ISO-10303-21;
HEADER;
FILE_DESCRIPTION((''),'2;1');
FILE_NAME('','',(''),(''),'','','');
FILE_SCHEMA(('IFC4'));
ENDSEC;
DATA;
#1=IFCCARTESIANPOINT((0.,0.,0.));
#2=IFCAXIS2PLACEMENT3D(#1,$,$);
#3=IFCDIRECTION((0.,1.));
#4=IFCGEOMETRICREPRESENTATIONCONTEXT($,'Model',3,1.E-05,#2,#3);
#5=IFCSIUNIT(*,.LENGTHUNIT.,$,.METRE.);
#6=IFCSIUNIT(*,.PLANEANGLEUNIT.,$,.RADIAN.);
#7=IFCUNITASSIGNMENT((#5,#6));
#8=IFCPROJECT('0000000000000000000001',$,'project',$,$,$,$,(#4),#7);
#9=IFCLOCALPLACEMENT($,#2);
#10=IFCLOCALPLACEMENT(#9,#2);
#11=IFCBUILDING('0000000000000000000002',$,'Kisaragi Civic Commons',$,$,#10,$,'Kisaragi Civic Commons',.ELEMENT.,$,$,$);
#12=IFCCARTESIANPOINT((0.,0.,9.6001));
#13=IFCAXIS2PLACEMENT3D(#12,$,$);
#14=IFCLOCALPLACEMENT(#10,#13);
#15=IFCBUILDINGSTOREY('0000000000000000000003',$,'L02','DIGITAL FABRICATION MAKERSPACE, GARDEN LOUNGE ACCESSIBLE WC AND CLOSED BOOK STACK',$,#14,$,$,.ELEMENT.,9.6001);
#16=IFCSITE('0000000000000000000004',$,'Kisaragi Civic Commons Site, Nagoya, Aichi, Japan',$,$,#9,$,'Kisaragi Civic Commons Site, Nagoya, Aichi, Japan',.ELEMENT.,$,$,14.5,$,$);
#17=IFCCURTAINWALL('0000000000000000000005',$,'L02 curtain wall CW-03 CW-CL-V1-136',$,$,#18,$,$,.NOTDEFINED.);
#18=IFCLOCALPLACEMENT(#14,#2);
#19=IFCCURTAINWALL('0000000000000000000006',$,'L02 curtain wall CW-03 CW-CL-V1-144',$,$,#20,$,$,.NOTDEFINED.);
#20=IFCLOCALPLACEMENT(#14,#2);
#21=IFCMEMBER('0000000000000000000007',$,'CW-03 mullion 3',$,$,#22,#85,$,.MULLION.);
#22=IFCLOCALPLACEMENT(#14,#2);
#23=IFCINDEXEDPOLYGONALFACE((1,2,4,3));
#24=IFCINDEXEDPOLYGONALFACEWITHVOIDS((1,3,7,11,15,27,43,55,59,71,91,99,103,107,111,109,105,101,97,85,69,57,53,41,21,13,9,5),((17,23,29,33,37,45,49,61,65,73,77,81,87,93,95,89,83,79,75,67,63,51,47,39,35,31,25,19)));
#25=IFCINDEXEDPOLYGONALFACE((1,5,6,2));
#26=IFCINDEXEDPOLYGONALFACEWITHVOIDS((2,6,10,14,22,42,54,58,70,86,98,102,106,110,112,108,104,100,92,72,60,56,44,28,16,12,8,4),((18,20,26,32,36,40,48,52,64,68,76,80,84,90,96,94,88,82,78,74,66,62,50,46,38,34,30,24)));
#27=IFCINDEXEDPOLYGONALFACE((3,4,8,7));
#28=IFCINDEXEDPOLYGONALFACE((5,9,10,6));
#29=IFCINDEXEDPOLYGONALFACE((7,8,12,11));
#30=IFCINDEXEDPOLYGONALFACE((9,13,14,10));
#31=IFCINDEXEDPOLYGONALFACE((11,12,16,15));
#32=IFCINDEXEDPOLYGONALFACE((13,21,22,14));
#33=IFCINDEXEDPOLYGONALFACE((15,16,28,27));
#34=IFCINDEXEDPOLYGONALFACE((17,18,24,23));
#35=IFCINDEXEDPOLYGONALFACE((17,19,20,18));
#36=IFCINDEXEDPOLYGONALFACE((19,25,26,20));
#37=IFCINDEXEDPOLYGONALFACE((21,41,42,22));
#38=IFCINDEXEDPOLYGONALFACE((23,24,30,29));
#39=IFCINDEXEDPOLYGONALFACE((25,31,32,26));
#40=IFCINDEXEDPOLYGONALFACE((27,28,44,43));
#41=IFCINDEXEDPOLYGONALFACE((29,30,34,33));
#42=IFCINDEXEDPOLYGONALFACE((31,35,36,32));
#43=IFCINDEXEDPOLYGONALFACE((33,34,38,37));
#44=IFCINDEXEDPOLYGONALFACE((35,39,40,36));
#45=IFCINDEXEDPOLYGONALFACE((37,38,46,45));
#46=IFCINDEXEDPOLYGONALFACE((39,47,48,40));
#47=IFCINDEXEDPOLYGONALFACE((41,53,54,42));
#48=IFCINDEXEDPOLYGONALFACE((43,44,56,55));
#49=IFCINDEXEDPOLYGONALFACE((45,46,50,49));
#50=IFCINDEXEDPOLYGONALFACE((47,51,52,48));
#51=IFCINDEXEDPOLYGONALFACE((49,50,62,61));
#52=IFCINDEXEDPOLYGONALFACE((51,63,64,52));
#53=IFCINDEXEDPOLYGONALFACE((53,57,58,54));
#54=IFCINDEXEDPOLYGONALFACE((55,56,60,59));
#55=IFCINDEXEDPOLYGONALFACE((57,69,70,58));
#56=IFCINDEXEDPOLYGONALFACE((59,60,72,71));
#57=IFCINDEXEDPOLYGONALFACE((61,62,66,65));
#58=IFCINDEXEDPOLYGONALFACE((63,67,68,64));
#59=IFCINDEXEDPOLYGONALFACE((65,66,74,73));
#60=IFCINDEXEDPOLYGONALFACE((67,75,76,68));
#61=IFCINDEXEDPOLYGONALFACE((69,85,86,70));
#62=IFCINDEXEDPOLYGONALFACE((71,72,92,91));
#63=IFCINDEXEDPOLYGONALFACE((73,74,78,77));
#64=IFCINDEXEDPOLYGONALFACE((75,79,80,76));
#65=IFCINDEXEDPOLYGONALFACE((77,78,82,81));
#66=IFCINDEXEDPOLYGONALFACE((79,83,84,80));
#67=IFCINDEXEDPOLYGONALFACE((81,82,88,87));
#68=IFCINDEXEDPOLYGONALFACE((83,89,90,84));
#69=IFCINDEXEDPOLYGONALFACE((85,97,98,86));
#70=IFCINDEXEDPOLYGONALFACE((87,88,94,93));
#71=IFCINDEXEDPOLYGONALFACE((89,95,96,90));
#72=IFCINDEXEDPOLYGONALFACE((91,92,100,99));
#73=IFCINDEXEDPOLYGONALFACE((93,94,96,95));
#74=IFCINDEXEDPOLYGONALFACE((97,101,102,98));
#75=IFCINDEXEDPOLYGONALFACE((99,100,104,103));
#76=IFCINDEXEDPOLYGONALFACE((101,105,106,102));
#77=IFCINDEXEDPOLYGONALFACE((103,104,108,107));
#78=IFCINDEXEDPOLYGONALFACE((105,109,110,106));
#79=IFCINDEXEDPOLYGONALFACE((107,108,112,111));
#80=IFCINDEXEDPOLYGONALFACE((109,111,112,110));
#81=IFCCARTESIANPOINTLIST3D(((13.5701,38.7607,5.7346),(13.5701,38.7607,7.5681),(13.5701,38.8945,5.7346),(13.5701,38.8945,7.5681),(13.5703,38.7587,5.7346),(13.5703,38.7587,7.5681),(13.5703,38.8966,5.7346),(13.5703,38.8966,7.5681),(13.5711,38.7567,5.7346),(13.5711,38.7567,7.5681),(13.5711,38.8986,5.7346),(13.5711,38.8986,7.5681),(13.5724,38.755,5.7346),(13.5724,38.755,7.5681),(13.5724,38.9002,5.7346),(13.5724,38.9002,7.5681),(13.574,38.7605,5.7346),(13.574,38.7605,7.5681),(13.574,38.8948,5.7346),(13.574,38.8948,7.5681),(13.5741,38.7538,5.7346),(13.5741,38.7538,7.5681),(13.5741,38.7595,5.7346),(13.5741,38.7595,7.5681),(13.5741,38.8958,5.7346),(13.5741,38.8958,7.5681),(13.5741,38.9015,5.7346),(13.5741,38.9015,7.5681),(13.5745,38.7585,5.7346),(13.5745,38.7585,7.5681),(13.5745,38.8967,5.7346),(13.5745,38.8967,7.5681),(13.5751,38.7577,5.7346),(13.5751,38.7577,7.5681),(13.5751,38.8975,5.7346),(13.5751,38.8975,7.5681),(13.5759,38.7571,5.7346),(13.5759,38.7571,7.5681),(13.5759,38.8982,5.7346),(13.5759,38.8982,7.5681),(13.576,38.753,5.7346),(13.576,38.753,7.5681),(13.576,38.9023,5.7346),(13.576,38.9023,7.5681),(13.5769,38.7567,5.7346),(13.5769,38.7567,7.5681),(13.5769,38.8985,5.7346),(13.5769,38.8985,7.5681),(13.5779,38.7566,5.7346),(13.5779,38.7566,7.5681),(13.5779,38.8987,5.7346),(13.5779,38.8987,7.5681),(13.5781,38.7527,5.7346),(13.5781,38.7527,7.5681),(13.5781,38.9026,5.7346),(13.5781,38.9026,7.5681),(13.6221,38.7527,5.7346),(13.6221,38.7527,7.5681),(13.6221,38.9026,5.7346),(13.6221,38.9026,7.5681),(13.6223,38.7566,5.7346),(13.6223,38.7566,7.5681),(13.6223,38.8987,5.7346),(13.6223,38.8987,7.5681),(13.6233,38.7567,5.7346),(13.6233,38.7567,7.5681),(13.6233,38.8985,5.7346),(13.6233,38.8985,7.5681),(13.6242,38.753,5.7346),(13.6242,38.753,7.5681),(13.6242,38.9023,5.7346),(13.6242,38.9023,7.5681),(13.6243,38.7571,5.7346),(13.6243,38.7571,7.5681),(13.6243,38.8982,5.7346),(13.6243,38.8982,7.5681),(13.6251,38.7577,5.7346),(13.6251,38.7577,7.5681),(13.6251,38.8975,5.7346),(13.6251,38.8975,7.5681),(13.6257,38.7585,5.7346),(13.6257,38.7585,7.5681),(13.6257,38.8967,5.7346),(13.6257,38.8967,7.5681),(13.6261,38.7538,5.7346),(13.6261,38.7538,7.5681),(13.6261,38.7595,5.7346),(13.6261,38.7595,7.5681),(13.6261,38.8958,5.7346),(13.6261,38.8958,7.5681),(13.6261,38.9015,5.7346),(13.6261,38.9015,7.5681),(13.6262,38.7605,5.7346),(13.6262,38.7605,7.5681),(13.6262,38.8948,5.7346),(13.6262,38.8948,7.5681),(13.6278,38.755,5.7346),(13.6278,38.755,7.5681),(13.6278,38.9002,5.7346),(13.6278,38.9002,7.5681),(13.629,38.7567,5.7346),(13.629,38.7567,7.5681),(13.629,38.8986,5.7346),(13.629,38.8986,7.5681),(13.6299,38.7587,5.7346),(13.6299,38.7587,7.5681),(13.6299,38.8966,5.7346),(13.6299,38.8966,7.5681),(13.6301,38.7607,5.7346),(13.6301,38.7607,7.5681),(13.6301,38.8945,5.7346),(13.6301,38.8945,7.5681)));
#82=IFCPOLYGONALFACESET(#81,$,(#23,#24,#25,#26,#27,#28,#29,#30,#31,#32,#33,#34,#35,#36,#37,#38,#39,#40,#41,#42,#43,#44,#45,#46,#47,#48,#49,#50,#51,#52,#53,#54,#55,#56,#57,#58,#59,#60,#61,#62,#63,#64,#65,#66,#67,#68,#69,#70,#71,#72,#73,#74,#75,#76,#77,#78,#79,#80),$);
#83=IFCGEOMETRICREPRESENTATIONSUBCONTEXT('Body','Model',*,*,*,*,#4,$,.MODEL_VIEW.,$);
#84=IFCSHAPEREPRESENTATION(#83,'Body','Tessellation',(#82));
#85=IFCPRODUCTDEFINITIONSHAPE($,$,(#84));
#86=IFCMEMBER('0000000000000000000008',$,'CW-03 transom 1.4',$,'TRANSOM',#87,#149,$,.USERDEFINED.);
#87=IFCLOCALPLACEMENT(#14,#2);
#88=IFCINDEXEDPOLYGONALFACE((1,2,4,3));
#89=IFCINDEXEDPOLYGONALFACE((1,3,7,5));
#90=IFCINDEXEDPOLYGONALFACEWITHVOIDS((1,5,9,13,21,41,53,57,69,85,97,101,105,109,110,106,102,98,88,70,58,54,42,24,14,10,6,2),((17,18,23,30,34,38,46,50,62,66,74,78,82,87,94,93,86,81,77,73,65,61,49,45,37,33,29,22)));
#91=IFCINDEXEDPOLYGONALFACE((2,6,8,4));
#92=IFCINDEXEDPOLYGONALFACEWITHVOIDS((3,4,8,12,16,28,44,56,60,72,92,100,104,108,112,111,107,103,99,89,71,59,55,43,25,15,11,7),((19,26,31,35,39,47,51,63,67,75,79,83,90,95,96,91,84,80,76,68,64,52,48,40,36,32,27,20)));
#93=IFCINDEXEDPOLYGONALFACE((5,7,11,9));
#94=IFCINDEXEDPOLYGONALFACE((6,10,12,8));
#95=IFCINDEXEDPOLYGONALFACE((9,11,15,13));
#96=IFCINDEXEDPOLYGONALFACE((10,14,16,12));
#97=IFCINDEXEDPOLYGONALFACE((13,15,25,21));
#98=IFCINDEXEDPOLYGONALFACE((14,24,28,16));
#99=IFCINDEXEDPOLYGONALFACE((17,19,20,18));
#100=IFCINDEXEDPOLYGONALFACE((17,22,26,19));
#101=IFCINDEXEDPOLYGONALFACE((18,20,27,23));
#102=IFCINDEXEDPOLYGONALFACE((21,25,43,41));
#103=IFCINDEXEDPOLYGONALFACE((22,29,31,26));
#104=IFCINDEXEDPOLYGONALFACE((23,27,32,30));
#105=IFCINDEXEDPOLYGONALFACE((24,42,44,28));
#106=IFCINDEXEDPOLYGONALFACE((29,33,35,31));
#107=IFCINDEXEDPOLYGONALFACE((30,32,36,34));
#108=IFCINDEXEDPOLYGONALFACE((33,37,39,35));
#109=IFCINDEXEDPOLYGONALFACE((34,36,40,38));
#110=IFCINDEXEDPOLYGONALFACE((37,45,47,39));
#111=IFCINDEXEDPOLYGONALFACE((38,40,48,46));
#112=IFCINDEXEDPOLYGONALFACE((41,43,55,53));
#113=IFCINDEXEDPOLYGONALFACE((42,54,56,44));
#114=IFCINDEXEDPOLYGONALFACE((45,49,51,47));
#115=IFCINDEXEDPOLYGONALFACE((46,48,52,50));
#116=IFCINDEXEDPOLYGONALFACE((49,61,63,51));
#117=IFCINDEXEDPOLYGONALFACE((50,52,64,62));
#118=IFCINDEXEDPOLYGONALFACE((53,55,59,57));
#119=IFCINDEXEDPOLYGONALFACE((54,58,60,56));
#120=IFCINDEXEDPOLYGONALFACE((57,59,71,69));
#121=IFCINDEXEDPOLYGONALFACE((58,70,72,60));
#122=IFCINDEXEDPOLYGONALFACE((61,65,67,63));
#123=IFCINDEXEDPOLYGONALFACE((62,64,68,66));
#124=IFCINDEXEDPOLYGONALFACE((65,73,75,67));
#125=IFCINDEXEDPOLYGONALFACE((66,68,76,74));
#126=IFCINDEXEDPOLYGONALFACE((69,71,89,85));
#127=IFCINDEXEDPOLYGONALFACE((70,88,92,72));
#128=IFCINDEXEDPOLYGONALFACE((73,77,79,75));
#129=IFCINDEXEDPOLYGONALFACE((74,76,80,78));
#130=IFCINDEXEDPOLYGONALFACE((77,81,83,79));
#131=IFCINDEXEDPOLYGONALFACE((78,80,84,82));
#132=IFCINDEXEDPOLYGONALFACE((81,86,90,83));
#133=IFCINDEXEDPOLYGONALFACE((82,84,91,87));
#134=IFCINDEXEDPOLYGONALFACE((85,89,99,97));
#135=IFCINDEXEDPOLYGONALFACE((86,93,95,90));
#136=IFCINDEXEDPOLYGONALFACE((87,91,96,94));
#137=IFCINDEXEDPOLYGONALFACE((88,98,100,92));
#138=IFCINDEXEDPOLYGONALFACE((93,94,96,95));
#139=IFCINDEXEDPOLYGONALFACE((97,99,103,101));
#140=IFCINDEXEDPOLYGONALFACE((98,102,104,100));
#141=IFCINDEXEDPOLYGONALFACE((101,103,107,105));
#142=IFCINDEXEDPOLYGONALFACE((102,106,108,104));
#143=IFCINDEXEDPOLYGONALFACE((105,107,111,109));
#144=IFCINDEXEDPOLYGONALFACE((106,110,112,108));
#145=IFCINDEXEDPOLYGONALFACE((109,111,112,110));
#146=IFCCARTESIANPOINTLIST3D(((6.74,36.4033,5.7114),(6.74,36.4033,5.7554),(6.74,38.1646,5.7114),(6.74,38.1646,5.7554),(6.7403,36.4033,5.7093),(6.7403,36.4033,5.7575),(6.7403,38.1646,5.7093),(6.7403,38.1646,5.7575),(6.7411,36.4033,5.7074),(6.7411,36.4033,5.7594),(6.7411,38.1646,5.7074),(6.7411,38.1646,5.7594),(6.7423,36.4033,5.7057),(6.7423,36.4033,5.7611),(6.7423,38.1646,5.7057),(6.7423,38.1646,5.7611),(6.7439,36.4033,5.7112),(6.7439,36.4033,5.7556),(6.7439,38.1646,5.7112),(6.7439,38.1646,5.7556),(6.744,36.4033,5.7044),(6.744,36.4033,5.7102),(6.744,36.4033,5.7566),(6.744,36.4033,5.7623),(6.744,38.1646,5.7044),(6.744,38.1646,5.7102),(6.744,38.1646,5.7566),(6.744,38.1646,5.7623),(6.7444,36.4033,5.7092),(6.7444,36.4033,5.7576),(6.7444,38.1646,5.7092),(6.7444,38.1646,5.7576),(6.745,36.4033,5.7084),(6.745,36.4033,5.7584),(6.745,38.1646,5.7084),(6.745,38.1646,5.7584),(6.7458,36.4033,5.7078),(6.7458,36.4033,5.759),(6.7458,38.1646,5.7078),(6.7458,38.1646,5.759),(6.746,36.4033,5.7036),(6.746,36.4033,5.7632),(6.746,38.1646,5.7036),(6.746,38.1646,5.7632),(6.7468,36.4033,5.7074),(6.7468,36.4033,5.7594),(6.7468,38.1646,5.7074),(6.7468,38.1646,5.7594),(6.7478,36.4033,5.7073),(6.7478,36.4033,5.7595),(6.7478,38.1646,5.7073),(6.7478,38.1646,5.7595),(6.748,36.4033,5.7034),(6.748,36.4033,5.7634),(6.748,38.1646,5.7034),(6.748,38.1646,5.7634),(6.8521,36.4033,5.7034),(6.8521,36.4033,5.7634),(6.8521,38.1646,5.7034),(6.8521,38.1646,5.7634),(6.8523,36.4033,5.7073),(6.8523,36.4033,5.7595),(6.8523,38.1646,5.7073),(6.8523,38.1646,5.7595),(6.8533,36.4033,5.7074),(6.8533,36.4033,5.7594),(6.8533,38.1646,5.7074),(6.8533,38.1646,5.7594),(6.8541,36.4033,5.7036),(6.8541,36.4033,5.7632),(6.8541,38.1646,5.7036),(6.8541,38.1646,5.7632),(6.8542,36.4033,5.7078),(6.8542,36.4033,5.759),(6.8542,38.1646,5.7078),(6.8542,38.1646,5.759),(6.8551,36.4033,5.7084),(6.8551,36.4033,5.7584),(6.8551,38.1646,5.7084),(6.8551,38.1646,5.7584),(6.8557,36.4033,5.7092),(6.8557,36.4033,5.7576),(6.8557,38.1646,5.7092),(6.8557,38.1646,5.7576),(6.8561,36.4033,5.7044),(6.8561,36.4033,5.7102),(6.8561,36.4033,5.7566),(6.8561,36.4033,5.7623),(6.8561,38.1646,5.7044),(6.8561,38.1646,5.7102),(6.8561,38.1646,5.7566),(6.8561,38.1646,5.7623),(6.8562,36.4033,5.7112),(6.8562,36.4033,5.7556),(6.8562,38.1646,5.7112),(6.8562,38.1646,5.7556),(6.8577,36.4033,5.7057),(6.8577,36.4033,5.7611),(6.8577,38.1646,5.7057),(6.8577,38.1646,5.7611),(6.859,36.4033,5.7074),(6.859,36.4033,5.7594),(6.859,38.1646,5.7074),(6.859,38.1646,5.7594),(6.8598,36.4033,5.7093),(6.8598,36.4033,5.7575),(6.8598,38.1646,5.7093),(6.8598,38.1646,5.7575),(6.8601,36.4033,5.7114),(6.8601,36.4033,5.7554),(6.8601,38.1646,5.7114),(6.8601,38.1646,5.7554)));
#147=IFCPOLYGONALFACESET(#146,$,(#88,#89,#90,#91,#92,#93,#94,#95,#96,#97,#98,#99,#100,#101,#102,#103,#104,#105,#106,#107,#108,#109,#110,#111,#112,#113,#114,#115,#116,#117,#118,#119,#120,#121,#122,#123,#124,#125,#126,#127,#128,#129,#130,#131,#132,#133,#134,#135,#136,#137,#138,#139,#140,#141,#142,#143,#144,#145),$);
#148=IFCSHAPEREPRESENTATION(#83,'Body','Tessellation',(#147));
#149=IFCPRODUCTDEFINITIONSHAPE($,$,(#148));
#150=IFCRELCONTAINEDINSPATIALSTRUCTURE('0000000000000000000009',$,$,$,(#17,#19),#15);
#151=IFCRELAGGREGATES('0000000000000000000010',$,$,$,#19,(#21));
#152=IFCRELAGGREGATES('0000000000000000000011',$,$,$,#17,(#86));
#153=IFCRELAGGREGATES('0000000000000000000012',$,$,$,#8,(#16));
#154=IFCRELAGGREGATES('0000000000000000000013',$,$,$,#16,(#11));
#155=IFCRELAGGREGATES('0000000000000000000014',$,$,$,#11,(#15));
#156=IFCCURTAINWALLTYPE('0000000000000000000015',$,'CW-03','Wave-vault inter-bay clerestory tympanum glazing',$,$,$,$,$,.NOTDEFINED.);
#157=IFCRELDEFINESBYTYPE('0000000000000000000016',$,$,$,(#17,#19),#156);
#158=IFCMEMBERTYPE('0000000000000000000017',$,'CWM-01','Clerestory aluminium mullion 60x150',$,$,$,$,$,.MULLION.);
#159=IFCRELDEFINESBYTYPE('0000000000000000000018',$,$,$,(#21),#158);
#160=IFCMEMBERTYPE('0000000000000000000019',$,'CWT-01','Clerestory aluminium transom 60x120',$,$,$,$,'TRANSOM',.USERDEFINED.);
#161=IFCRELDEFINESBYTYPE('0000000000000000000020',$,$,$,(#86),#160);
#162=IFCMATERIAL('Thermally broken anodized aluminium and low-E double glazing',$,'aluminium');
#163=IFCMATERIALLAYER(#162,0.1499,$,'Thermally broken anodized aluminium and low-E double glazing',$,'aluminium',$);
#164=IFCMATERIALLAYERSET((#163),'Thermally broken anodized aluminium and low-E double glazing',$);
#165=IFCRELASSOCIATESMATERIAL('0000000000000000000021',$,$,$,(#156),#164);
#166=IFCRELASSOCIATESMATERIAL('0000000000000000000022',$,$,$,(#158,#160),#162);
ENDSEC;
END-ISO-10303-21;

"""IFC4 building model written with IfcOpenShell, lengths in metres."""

from ifc_helpers import new_model, si_unit, direction, frame, origin, origin_2d, place, context, subcontext, project, spatial, hollow_rectangle, extrude, material, layer, layer_set, material_profile, profile_set, type_object, element, aggregate, save


model = new_model("IFC4")

# Units and contexts
model_context = context("Model", 3, precision=1e-05, world=origin(), true_north=direction((0.0, 1.0)))
body_context = subcontext(model_context, "Body", "Model", "MODEL_VIEW")
ifc_project = project(units=[si_unit("LENGTHUNIT", "METRE"), si_unit("PLANEANGLEUNIT", "RADIAN")], contexts=[model_context])

# Site, building, storey
site_placement = place(None, origin())
site = spatial("IfcSite", under=ifc_project, at=site_placement, Name="Kisaragi Civic Commons Site, Nagoya, Aichi, Japan", LongName="Kisaragi Civic Commons Site, Nagoya, Aichi, Japan", CompositionType="ELEMENT", RefElevation=14.5)
building_placement = place(site_placement, origin())
building = spatial("IfcBuilding", under=site, at=building_placement, Name="Kisaragi Civic Commons", LongName="Kisaragi Civic Commons", CompositionType="ELEMENT")
storey_placement = place(building_placement, frame((0.0, 0.0, 9.6001)))
storey = spatial("IfcBuildingStorey", under=building, at=storey_placement, Name="L02", Description="DIGITAL FABRICATION MAKERSPACE, GARDEN LOUNGE ACCESSIBLE WC AND CLOSED BOOK STACK", CompositionType="ELEMENT", Elevation=9.6001)

# Curtain wall
ifc_material_1 = material(Name="Thermally broken anodized aluminium and low-E double glazing", Category="aluminium")
ifc_layer_1 = layer(ifc_material_1, 0.1499, Name="Thermally broken anodized aluminium and low-E double glazing", Category="aluminium")
ifc_layer_set_1 = layer_set([ifc_layer_1], Name="Thermally broken anodized aluminium and low-E double glazing")
curtain_wall_type = type_object("IfcCurtainWallType", Name="CW-03", Description="Wave-vault inter-bay clerestory tympanum glazing", PredefinedType="NOTDEFINED", material=ifc_layer_set_1)
curtain_wall_1_placement = place(storey_placement, origin())
curtain_wall_1 = element("IfcCurtainWall", 1, at=curtain_wall_1_placement, inside=storey, type_object=curtain_wall_type, Name="L02 curtain wall CW-03 CW-CL-V1-136", PredefinedType="NOTDEFINED")
ifc_material_profile_1 = material_profile(ifc_material_1, hollow_rectangle(XDim=0.0601, YDim=0.1499, WallThickness=0.0039, InnerFilletRadius=0.0039, OuterFilletRadius=0.0081, at=origin_2d()), Name="CWM-60x150x4", Category="aluminium")
ifc_profile_set_1 = profile_set([ifc_material_profile_1], Name="Thermally broken anodized aluminium and low-E double glazing")
member_type_1 = type_object("IfcMemberType", Name="CWM-01", Description="Clerestory aluminium mullion 60x150", PredefinedType="MULLION", material=ifc_profile_set_1)

# Curtain wall, member
curtain_wall_2_placement = place(storey_placement, origin())
curtain_wall_2 = element("IfcCurtainWall", 2, at=curtain_wall_2_placement, inside=storey, type_object=curtain_wall_type, Name="L02 curtain wall CW-03 CW-CL-V1-144", PredefinedType="NOTDEFINED")
member_1_placement = place(storey_placement, frame((13.6001, 38.8276, 5.7346), z_axis=(0.0, 0.0, 1.0), x_axis=(-1.0, 0.0, 0.0)))
member_1 = element("IfcMember", 3, at=member_1_placement, type_object=member_type_1, Name="CW-03 mullion 3", PredefinedType="MULLION", context=body_context, shape_type="SweptSolid", body=[
    extrude(hollow_rectangle(XDim=0.0601, YDim=0.1499, WallThickness=0.0039, InnerFilletRadius=0.0039, OuterFilletRadius=0.0081, at=origin_2d()), origin(), (0.0, 0.0, 1.0), 1.8335),
])

# Member
ifc_material_profile_2 = material_profile(ifc_material_1, hollow_rectangle(XDim=0.1201, YDim=0.0601, WallThickness=0.0039, InnerFilletRadius=0.0039, OuterFilletRadius=0.0081, at=origin_2d()), Name="CWT-60x120x4", Category="aluminium")
ifc_profile_set_2 = profile_set([ifc_material_profile_2], Name="Thermally broken anodized aluminium and low-E double glazing")
member_type_2 = type_object("IfcMemberType", Name="CWT-01", Description="Clerestory aluminium transom 60x120", ElementType="TRANSOM", PredefinedType="USERDEFINED", material=ifc_profile_set_2)
member_2_placement = place(storey_placement, frame((6.8, 36.4033, 5.7334), z_axis=(0.0, 1.0, 0.0), x_axis=(-1.0, 0.0, 0.0)))
member_2 = element("IfcMember", 4, at=member_2_placement, type_object=member_type_2, Name="CW-03 transom 1.4", ObjectType="TRANSOM", PredefinedType="USERDEFINED", context=body_context, shape_type="SweptSolid", body=[
    extrude(hollow_rectangle(XDim=0.1201, YDim=0.0601, WallThickness=0.0039, InnerFilletRadius=0.0039, OuterFilletRadius=0.0081, at=origin_2d()), origin(), (0.0, 0.0, 1.0), 1.7612),
])
aggregate(curtain_wall_2, [member_1])

aggregate(curtain_wall_1, [member_2])

save(model, "model.ifc")
